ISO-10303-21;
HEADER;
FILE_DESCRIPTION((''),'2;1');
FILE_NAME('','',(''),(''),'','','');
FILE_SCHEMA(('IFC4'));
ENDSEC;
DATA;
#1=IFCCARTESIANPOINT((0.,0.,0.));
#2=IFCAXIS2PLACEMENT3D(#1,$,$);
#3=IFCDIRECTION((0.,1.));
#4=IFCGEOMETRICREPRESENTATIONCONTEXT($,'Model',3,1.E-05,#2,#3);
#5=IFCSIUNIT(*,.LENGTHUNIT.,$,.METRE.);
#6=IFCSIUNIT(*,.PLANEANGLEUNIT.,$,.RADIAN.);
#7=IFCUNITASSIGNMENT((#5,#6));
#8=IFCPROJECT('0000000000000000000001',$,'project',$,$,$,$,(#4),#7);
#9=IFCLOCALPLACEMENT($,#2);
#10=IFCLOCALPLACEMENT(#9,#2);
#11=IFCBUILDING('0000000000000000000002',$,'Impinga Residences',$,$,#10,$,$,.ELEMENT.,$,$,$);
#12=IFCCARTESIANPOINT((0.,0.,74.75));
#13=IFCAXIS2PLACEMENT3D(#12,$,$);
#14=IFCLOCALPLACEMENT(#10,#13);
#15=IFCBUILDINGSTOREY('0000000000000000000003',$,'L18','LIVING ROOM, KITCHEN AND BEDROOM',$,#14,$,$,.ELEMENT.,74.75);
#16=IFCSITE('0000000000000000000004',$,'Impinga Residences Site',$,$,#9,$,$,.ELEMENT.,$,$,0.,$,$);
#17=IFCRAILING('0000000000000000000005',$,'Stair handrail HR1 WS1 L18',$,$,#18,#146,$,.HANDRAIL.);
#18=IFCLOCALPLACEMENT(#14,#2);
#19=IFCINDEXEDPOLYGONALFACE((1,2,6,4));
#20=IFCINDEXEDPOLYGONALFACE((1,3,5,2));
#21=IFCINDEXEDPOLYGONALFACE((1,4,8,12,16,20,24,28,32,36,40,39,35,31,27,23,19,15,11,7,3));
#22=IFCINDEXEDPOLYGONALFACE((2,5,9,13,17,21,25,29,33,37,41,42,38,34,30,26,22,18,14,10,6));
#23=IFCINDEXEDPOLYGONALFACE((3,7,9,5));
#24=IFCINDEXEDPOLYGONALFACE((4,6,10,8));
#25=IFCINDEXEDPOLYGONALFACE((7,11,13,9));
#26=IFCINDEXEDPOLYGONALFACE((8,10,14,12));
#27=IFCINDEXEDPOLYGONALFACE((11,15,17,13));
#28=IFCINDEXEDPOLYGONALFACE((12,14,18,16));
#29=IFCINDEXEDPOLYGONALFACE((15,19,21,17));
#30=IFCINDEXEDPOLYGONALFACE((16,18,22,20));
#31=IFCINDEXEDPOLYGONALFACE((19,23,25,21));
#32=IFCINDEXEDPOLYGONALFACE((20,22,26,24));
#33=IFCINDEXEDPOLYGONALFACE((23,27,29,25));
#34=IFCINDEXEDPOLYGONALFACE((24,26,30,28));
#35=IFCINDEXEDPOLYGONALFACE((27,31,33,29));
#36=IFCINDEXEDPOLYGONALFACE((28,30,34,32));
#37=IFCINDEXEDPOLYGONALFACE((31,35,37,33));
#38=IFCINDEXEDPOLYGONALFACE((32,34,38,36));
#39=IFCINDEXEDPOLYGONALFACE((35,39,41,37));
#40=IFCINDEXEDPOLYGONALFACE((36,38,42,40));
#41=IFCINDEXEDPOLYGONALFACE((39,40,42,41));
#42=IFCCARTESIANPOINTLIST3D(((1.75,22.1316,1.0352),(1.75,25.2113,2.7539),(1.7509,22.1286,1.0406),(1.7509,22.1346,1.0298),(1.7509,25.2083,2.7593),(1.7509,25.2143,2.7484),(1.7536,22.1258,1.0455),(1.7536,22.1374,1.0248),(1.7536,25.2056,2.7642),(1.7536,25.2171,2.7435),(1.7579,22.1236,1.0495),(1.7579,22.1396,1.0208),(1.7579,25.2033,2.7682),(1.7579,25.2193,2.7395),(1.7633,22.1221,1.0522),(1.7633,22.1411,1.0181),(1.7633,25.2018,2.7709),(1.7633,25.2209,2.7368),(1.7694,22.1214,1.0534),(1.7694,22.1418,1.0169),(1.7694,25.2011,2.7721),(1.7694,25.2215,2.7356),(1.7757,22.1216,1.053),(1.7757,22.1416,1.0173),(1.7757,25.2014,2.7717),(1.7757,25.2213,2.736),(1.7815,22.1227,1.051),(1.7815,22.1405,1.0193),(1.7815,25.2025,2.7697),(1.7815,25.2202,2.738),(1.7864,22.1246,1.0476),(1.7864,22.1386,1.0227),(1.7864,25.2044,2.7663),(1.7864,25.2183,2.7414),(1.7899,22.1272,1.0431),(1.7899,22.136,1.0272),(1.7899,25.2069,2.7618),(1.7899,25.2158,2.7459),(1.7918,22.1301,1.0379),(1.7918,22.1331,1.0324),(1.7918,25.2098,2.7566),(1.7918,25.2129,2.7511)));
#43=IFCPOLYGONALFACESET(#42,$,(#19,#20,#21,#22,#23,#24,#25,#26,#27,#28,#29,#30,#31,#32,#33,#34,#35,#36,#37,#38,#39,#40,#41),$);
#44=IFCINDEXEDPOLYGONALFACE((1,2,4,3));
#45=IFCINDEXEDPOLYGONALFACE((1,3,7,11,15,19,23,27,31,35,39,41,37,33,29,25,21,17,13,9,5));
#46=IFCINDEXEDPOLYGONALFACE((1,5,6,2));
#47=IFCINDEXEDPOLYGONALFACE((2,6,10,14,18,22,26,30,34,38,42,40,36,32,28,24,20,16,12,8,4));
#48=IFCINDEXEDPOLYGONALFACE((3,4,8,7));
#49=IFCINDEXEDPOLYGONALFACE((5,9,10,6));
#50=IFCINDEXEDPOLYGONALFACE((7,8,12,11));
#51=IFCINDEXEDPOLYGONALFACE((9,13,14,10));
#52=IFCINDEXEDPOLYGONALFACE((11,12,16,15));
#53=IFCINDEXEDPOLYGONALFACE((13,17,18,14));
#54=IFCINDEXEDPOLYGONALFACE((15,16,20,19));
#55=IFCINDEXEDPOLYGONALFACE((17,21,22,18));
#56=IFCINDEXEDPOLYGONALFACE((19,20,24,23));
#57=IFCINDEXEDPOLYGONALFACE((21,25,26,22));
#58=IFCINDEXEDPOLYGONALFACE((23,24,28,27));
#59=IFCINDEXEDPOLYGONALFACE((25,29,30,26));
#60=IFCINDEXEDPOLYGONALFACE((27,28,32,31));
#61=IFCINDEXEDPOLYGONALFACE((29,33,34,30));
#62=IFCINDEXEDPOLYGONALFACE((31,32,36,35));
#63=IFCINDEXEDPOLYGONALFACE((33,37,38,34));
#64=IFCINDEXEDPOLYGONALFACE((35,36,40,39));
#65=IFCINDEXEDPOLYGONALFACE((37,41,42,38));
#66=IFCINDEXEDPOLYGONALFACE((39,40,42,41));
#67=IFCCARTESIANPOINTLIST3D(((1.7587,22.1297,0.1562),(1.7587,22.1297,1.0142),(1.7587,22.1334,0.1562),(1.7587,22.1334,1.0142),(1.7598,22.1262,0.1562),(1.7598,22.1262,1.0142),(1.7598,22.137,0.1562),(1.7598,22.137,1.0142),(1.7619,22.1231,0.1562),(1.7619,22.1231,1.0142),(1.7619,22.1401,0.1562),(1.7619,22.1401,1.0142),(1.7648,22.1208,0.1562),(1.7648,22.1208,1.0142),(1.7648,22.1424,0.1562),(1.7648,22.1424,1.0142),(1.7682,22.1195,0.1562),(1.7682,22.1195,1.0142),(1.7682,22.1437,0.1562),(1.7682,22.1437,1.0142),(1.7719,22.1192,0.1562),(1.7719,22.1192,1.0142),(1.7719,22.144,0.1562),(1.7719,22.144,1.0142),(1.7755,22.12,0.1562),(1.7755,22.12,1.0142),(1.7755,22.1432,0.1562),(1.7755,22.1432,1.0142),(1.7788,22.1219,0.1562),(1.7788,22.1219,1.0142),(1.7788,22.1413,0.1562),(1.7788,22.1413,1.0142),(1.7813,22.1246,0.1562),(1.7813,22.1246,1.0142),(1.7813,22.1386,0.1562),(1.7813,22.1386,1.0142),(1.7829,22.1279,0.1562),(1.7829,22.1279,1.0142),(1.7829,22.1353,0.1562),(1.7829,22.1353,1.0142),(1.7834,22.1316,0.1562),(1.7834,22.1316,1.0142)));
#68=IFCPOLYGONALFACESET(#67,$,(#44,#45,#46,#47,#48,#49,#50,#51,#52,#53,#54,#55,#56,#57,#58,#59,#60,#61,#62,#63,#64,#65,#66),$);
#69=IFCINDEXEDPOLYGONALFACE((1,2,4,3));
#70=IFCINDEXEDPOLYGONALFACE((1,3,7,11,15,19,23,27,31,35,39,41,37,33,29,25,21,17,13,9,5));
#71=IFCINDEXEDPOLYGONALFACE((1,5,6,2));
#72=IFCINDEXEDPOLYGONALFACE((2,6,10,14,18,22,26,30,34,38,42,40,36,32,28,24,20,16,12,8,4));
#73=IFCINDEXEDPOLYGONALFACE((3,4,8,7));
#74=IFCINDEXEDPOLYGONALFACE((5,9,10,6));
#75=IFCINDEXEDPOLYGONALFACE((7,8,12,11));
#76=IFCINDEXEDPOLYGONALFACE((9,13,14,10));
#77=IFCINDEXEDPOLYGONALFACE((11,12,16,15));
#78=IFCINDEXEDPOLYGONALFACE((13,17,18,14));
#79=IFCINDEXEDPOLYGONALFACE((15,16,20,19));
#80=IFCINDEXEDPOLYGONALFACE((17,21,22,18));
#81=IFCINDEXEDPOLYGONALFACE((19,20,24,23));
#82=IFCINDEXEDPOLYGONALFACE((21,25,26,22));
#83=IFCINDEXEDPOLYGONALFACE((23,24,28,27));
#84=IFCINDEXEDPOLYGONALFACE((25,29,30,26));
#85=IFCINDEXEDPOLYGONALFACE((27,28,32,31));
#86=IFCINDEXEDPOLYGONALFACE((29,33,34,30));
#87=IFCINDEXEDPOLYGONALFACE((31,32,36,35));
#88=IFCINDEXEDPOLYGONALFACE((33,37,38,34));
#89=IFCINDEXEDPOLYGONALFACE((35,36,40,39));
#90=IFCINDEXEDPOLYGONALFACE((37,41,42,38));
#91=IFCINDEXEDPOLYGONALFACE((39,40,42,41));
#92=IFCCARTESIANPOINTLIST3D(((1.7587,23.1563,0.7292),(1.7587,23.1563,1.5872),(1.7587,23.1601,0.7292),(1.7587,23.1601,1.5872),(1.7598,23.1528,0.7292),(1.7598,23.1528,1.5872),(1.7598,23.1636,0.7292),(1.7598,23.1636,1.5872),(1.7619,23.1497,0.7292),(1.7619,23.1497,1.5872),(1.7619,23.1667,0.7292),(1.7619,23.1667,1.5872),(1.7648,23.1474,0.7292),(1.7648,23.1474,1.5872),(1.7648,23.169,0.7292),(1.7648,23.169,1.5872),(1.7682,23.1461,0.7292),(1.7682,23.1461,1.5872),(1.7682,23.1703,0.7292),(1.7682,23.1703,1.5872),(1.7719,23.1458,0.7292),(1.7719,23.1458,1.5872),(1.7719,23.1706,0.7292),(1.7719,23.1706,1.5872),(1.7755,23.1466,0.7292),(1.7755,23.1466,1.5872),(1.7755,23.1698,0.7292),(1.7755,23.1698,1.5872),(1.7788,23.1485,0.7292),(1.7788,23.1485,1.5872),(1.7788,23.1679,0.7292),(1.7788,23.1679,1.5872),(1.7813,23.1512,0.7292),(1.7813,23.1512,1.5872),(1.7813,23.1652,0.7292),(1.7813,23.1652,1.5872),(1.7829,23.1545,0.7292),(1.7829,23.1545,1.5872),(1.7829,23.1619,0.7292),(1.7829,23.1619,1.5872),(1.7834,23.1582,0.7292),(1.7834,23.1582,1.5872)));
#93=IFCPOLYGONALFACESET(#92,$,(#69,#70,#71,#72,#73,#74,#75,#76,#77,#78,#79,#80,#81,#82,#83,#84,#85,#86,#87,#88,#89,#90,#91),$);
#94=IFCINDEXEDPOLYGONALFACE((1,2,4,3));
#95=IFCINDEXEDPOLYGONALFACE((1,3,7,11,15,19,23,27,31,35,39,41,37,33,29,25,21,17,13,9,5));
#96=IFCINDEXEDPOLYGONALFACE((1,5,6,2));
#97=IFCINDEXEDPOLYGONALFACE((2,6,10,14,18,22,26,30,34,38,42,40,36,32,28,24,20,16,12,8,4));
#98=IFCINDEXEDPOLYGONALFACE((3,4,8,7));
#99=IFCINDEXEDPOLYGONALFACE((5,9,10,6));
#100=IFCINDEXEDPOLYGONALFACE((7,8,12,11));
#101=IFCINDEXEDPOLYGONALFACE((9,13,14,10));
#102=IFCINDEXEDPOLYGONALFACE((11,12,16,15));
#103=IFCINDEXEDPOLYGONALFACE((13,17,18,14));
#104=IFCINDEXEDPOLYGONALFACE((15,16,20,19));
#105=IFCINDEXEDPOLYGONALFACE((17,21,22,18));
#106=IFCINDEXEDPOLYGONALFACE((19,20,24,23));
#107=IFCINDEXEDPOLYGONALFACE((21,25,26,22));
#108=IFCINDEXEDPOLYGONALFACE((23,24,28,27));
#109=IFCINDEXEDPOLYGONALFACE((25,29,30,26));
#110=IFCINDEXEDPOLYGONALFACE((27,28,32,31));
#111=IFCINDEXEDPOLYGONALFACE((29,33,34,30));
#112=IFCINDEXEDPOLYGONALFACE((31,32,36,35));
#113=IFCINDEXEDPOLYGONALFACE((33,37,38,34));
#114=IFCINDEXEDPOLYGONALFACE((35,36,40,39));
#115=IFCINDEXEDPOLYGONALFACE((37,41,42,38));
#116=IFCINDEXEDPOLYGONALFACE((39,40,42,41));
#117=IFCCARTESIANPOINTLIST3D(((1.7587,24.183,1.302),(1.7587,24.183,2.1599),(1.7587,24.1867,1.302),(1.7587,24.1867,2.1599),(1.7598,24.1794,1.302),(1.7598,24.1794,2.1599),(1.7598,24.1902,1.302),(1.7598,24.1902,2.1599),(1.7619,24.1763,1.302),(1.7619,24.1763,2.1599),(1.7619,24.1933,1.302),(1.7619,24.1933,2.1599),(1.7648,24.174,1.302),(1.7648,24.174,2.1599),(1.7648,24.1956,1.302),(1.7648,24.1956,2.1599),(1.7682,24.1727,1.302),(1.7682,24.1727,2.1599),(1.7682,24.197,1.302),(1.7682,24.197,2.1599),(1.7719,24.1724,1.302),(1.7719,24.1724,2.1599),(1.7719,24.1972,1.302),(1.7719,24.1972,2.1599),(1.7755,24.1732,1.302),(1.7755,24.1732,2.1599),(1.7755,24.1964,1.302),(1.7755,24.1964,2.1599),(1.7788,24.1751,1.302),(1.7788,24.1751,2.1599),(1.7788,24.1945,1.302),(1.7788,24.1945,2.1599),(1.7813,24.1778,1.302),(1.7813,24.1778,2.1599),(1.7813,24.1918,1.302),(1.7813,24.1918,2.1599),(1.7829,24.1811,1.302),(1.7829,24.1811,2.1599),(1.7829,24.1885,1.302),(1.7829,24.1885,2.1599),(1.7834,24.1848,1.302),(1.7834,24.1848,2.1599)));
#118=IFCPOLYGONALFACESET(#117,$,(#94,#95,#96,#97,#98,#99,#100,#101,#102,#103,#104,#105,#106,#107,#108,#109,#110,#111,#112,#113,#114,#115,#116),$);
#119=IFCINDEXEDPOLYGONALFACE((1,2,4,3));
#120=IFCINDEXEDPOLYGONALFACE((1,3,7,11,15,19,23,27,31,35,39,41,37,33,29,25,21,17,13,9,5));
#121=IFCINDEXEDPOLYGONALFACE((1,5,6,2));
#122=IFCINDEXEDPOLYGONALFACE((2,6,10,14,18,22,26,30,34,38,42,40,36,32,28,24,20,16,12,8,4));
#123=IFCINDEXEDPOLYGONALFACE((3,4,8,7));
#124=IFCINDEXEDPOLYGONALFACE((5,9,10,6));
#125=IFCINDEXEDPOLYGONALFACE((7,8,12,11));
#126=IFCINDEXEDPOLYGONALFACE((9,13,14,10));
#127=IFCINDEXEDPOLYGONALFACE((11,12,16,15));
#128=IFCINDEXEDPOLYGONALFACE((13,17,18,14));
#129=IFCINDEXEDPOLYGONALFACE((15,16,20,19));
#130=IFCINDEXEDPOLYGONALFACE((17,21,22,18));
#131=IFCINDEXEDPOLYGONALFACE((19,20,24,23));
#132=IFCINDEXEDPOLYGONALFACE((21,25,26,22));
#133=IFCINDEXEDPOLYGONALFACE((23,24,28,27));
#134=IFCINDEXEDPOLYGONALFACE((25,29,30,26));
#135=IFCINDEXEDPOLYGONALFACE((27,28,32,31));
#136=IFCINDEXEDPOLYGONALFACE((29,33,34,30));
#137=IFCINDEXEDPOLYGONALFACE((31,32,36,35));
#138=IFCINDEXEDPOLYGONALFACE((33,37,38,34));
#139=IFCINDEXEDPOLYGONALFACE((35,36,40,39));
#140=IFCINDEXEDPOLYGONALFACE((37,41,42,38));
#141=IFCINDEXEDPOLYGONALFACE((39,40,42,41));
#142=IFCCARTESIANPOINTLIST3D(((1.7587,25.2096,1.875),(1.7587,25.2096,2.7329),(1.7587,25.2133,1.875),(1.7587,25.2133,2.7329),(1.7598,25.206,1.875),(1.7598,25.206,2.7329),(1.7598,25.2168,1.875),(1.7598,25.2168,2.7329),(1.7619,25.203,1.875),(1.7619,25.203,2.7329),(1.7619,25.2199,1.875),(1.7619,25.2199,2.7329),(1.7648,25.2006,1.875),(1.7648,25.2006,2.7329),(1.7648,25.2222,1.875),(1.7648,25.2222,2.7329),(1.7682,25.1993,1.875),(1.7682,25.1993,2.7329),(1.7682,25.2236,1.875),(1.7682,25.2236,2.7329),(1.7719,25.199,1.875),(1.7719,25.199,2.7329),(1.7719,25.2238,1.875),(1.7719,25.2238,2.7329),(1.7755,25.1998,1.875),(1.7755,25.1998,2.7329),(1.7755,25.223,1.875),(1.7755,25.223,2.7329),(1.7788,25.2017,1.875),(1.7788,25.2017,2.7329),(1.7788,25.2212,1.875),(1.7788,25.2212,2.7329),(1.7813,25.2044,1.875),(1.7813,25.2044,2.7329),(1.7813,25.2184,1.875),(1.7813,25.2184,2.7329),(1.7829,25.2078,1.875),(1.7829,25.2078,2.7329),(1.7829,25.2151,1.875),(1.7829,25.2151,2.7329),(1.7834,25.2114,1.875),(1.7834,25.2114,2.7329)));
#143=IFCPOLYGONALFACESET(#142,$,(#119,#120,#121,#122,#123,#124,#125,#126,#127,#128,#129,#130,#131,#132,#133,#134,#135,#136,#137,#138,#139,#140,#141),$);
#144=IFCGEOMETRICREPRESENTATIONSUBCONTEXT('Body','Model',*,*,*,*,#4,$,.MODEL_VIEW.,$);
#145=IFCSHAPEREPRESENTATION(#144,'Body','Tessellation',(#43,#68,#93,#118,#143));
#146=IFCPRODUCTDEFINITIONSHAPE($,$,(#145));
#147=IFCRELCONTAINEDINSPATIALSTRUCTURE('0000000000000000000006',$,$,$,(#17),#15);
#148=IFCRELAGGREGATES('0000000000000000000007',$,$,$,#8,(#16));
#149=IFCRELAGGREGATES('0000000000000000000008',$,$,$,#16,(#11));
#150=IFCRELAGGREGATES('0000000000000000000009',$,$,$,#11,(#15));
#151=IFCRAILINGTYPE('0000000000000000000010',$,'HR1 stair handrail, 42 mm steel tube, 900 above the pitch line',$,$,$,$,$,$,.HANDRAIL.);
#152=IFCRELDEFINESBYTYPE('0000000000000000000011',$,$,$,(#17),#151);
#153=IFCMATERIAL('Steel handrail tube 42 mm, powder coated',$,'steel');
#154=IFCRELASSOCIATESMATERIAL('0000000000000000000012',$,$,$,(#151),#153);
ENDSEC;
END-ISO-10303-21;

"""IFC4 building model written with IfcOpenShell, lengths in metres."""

from ifc_helpers import new_model, si_unit, direction, frame, origin, origin_2d, place, context, subcontext, project, spatial, circle, extrude, material, type_object, element, save


model = new_model("IFC4")

# Units and contexts
model_context = context("Model", 3, precision=1e-05, world=origin(), true_north=direction((0.0, 1.0)))
body_context = subcontext(model_context, "Body", "Model", "MODEL_VIEW")
ifc_project = project(units=[si_unit("LENGTHUNIT", "METRE"), si_unit("PLANEANGLEUNIT", "RADIAN")], contexts=[model_context])

# Site, building, storey
site_placement = place(None, origin())
site = spatial("IfcSite", under=ifc_project, at=site_placement, Name="Impinga Residences Site", CompositionType="ELEMENT", RefElevation=0.0)
building_placement = place(site_placement, origin())
building = spatial("IfcBuilding", under=site, at=building_placement, Name="Impinga Residences", CompositionType="ELEMENT")
storey_placement = place(building_placement, frame((0.0, 0.0, 74.75)))
storey = spatial("IfcBuildingStorey", under=building, at=storey_placement, Name="L18", Description="LIVING ROOM, KITCHEN AND BEDROOM", CompositionType="ELEMENT", Elevation=74.75)

# Railing
ifc_material_1 = material(Name="Steel handrail tube 42 mm, powder coated", Category="steel")
railing_type_1 = type_object("IfcRailingType", Name="HR1 stair handrail, 42 mm steel tube, 900 above the pitch line", PredefinedType="HANDRAIL", material=ifc_material_1)
railing_1_placement = place(storey_placement, frame((1.771, 22.1316, 0.1562)))
element("IfcRailing", 1, at=railing_1_placement, inside=storey, type_object=railing_type_1, Name="Stair handrail HR1 WS1 L18", PredefinedType="HANDRAIL", context=body_context, shape_type="SweptSolid", body=[
    extrude(circle(Radius=0.021, at=origin_2d()), frame((0.0, 0.0, 0.8789), z_axis=(0.0, 0.873225, 0.487317), x_axis=(-1.0, 0.0, 0.0)), (0.0, 0.0, 1.0), 3.5269),
    extrude(circle(Radius=0.0125, at=origin_2d()), origin(), (0.0, 0.0, 1.0), 0.8579),
    extrude(circle(Radius=0.0125, at=origin_2d()), frame((0.0, 1.0266, 0.573)), (0.0, 0.0, 1.0), 0.8579),
    extrude(circle(Radius=0.0125, at=origin_2d()), frame((0.0, 2.0532, 1.1458)), (0.0, 0.0, 1.0), 0.8579),
    extrude(circle(Radius=0.0125, at=origin_2d()), frame((0.0, 3.0798, 1.7188)), (0.0, 0.0, 1.0), 0.8579),
])

save(model, "model.ifc")
